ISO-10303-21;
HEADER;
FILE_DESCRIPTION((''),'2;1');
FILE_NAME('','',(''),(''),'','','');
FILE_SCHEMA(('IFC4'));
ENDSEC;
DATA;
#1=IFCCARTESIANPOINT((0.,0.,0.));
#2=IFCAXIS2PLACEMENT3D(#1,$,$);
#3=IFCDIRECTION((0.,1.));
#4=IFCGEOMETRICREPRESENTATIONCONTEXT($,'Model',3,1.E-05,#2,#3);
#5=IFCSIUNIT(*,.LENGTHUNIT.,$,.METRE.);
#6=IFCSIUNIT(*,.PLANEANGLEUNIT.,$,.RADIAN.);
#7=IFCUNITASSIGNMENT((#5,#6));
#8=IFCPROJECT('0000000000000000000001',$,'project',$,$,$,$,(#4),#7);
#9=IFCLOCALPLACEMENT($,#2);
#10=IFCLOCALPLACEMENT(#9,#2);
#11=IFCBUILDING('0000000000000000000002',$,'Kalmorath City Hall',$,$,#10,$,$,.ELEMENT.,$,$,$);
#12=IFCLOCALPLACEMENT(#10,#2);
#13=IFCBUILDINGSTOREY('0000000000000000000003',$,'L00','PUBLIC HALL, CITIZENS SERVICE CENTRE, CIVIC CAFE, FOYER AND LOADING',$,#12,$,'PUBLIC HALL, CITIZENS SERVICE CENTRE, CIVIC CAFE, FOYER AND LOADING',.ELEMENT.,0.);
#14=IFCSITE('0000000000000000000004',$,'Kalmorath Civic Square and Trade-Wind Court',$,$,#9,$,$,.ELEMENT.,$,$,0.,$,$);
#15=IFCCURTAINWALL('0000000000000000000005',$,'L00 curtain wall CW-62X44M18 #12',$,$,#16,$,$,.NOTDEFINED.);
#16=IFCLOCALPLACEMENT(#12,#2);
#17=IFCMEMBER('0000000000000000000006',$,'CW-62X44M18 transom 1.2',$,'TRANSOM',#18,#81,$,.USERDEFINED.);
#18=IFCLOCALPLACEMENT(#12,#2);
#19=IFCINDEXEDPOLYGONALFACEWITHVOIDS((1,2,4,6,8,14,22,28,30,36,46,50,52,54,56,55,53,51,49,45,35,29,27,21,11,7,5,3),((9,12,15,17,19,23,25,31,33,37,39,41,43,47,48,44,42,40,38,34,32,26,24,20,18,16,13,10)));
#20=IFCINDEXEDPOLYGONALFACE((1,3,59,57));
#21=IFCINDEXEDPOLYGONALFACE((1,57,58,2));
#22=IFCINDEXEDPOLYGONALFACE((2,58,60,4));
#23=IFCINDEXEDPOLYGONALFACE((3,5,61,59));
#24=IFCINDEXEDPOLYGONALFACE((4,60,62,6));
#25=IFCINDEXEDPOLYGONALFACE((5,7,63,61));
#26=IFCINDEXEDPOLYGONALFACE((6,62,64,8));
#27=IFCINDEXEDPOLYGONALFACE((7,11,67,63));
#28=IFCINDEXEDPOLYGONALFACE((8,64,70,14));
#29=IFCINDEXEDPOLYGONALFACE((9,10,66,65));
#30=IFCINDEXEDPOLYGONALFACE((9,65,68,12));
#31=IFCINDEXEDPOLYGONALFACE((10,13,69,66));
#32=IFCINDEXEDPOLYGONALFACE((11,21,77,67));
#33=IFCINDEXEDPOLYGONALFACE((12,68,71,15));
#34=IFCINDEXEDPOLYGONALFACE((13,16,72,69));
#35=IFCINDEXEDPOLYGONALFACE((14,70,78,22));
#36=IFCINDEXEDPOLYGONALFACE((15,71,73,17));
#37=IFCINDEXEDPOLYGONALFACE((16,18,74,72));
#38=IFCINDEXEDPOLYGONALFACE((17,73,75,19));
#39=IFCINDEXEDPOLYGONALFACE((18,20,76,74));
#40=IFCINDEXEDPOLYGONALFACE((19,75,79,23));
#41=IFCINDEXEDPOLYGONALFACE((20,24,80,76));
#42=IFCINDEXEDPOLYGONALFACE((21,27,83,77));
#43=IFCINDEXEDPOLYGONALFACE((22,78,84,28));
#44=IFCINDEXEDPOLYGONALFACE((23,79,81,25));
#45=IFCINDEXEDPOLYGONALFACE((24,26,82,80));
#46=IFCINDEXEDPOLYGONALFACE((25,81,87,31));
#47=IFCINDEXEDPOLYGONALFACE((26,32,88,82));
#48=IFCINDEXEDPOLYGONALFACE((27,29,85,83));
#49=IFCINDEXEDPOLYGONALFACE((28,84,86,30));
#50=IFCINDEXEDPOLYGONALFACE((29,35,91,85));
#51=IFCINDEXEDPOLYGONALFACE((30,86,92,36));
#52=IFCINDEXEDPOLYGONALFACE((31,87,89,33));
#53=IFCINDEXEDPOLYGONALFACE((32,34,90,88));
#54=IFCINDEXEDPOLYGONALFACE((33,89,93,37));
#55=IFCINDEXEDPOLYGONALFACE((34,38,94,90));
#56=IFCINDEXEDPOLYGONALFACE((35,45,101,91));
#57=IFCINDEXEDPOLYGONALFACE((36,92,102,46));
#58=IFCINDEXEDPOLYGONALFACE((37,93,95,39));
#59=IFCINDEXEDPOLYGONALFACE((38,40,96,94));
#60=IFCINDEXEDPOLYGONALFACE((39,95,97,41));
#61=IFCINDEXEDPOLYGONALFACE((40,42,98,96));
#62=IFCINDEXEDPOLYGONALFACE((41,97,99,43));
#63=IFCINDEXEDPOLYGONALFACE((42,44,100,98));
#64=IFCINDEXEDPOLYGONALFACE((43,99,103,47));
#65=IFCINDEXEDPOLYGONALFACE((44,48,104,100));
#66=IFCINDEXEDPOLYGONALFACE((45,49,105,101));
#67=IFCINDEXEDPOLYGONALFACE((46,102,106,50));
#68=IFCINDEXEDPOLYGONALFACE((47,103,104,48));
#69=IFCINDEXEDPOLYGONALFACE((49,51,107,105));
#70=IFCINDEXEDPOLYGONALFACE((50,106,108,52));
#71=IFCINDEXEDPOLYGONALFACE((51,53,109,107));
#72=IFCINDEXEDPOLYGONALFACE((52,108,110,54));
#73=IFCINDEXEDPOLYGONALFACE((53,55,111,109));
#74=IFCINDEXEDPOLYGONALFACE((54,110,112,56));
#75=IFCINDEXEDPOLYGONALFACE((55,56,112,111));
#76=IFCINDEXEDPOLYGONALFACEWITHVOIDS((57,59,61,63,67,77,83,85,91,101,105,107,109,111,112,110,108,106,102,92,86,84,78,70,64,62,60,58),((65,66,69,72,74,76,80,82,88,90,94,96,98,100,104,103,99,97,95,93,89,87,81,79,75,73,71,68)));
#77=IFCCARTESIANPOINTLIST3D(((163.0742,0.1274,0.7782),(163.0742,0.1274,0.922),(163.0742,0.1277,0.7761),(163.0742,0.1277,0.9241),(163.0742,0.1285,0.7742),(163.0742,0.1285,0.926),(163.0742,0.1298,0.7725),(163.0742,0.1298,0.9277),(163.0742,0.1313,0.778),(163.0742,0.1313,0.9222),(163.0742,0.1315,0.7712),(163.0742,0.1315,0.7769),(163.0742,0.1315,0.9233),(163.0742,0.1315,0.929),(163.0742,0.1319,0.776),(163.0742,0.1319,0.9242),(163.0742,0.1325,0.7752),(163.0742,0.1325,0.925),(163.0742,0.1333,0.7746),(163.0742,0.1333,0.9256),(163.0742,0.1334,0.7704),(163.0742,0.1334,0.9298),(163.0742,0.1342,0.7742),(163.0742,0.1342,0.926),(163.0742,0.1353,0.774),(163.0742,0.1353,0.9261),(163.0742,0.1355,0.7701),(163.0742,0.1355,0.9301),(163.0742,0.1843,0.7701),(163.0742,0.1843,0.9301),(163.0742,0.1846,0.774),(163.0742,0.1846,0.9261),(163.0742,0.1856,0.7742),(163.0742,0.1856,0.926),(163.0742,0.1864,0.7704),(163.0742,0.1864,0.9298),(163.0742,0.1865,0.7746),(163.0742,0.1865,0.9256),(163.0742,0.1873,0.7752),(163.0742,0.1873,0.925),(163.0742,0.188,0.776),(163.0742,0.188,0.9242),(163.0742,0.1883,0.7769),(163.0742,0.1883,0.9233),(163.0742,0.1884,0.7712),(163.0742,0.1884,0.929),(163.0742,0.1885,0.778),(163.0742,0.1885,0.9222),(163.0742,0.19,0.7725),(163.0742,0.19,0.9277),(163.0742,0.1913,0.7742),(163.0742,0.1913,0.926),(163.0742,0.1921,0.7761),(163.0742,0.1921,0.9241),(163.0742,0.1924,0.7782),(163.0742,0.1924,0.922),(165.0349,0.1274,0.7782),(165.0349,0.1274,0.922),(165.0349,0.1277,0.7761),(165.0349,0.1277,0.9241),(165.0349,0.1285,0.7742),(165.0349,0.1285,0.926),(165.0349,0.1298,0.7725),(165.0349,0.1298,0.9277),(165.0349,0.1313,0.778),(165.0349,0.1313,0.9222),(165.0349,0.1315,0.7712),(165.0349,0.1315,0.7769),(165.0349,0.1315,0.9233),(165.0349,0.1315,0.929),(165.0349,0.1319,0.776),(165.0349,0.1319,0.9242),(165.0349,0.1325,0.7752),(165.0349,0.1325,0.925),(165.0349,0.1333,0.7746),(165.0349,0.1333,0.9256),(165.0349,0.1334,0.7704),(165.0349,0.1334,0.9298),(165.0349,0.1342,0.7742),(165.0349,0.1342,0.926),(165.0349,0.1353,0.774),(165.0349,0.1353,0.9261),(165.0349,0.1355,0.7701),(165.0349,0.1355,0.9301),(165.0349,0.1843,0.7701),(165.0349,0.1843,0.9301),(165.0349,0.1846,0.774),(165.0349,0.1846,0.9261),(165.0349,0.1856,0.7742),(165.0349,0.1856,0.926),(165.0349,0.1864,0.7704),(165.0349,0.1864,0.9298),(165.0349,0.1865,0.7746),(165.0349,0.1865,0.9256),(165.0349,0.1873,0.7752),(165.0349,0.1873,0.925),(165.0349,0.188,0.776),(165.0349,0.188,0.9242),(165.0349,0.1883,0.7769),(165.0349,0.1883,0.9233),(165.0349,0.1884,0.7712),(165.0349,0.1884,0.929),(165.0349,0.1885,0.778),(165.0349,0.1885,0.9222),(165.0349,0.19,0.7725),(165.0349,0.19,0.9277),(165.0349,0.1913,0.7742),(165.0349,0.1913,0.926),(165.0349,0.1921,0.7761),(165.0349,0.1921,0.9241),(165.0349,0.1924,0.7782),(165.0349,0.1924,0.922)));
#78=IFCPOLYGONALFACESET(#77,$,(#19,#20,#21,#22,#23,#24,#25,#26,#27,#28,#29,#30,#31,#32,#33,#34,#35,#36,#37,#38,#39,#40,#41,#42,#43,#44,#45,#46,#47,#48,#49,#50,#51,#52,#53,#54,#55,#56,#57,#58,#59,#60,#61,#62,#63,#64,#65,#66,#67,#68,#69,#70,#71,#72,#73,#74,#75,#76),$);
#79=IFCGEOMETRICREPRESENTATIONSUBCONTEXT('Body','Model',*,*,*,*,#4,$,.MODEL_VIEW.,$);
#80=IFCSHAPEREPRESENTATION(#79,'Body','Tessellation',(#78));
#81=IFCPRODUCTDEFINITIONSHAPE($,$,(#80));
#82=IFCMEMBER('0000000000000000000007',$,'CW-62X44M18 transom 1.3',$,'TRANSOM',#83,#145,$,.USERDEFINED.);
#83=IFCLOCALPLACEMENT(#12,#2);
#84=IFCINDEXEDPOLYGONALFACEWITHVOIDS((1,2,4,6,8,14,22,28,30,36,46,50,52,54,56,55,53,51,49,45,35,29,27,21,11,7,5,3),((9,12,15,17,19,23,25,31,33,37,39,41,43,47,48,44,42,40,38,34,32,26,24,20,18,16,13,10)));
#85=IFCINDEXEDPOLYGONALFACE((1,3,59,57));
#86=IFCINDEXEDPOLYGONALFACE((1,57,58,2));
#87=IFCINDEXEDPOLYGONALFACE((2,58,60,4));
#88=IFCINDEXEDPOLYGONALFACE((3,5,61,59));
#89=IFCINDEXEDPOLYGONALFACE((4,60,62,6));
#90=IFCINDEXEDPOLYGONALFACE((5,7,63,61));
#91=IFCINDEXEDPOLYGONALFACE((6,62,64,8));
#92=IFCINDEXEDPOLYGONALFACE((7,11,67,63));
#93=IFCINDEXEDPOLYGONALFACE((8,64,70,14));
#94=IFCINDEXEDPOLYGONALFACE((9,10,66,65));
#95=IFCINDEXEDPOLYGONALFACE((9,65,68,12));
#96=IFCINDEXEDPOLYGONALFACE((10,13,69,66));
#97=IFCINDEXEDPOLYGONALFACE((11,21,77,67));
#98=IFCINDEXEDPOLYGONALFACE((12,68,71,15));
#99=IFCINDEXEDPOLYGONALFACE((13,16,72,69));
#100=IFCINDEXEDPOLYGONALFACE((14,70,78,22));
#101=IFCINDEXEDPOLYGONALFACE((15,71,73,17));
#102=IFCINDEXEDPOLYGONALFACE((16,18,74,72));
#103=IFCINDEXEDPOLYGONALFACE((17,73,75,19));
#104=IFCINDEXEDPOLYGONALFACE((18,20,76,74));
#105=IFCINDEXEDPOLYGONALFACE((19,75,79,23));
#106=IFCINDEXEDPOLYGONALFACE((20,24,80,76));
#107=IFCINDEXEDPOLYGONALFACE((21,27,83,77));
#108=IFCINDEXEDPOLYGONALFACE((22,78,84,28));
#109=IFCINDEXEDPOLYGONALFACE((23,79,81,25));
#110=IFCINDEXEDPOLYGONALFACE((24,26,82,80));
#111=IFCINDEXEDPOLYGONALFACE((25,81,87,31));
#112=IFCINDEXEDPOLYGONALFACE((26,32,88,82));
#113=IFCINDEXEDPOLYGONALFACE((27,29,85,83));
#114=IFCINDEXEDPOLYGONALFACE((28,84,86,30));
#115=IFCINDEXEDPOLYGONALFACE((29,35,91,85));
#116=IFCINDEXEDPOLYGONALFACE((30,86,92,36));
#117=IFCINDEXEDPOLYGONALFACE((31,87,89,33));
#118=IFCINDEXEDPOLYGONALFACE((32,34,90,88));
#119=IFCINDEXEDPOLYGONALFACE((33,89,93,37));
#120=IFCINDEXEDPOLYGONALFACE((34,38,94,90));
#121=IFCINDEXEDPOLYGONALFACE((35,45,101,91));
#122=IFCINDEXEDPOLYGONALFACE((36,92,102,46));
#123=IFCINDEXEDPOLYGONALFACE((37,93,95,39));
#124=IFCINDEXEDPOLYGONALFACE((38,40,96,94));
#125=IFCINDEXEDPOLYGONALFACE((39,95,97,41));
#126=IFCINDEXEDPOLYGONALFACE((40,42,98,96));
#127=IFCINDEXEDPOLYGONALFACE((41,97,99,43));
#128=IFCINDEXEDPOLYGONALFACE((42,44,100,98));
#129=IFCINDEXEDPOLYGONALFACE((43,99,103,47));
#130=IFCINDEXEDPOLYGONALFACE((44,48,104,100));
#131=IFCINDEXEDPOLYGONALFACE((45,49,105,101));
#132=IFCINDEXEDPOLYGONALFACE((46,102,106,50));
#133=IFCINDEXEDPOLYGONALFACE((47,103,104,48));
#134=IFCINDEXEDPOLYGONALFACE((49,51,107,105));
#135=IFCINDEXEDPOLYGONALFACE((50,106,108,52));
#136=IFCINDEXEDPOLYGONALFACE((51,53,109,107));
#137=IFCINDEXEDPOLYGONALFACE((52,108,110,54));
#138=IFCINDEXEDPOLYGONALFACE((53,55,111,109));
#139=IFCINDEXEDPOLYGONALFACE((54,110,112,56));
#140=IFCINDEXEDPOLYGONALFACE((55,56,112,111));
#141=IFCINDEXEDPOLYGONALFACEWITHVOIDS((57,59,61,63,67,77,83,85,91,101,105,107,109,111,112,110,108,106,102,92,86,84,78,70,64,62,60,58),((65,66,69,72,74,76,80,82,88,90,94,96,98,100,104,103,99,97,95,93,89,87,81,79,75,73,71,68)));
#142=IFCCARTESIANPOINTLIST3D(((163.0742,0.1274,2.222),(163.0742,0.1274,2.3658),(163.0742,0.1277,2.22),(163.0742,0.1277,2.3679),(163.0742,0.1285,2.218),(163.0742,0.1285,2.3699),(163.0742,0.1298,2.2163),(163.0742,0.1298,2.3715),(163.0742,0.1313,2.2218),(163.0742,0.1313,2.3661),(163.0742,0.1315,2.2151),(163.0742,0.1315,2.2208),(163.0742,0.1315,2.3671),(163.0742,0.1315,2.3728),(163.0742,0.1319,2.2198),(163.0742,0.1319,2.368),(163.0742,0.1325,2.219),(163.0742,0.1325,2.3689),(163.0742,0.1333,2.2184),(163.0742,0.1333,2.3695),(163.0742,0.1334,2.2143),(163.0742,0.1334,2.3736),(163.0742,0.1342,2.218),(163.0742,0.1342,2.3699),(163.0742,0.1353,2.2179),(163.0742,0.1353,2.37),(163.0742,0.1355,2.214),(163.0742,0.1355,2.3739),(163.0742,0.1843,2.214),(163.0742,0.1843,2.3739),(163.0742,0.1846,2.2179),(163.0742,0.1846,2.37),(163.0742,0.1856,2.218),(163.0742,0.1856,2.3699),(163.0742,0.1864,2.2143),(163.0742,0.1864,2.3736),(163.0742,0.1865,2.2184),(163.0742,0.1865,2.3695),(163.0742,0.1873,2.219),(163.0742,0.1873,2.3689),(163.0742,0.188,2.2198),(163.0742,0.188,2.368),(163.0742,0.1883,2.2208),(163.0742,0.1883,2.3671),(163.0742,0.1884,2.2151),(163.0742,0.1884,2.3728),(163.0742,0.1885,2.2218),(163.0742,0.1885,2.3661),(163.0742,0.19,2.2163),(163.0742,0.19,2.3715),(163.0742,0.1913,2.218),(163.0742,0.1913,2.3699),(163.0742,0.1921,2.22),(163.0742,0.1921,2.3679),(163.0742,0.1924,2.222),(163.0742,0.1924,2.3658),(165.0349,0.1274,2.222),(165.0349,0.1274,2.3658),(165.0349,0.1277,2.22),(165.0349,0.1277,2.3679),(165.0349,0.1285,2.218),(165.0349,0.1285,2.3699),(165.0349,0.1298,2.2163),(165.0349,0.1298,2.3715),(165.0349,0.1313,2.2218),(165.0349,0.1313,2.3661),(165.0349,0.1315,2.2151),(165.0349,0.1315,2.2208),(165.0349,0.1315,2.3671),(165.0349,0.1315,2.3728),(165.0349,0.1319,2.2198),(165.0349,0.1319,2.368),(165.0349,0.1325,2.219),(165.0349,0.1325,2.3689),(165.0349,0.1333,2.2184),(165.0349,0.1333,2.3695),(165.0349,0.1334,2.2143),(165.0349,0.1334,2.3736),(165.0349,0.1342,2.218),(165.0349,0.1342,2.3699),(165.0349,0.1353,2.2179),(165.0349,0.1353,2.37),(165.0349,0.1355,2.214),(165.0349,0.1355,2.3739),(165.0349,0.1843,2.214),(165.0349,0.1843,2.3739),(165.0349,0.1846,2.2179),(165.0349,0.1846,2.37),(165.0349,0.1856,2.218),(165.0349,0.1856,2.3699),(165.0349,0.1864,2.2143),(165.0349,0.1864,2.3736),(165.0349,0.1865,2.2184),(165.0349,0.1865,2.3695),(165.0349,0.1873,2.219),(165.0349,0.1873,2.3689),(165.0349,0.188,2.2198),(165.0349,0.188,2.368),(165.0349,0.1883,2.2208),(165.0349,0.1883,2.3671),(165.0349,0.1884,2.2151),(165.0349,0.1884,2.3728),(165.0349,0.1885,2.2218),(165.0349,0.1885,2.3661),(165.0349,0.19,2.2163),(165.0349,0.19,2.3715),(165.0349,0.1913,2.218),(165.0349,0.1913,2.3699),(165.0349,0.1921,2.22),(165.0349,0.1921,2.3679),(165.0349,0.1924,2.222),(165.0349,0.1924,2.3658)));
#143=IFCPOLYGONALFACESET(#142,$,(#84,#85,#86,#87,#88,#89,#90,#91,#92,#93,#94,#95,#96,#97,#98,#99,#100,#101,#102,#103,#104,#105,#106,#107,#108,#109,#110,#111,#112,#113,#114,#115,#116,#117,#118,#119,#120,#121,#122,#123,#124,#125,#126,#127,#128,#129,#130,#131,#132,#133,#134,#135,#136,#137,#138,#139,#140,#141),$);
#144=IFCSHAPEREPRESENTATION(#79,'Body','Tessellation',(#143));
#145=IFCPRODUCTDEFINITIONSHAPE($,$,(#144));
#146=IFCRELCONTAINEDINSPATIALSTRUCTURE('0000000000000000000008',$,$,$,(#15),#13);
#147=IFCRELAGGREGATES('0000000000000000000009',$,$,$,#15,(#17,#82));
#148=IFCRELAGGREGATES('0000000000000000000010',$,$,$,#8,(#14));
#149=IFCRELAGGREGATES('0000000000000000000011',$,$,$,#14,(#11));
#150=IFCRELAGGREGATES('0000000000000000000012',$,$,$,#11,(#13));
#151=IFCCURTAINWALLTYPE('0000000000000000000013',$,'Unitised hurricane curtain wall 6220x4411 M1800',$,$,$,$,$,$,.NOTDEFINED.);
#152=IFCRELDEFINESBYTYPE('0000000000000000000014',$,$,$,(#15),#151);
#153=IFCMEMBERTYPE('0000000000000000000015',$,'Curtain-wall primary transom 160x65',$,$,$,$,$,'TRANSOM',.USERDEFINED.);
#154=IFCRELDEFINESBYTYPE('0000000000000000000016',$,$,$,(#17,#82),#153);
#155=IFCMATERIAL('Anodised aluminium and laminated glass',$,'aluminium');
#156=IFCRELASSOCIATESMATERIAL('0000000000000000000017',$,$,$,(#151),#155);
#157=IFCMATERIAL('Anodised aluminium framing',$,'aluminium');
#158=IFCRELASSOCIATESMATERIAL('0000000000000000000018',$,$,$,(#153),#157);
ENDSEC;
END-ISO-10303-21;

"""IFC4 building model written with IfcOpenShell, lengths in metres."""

from ifc_helpers import new_model, si_unit, direction, frame, origin, origin_2d, place, context, subcontext, project, spatial, hollow_rectangle, extrude, material, material_profile, profile_set, type_object, element, aggregate, save


model = new_model("IFC4")

# Units and contexts
model_context = context("Model", 3, precision=1e-05, world=origin(), true_north=direction((0.0, 1.0)))
body_context = subcontext(model_context, "Body", "Model", "MODEL_VIEW")
ifc_project = project(units=[si_unit("LENGTHUNIT", "METRE"), si_unit("PLANEANGLEUNIT", "RADIAN")], contexts=[model_context])

# Site, building, storey
site_placement = place(None, origin())
site = spatial("IfcSite", under=ifc_project, at=site_placement, Name="Kalmorath Civic Square and Trade-Wind Court", CompositionType="ELEMENT", RefElevation=0.0)
building_placement = place(site_placement, origin())
building = spatial("IfcBuilding", under=site, at=building_placement, Name="Kalmorath City Hall", CompositionType="ELEMENT")
storey_placement = place(building_placement, origin())
storey = spatial("IfcBuildingStorey", under=building, at=storey_placement, Name="L00", Description="PUBLIC HALL, CITIZENS SERVICE CENTRE, CIVIC CAFE, FOYER AND LOADING", LongName="PUBLIC HALL, CITIZENS SERVICE CENTRE, CIVIC CAFE, FOYER AND LOADING", CompositionType="ELEMENT", Elevation=0.0)

# Curtain wall, members
ifc_material_1 = material(Name="Anodised aluminium and laminated glass", Category="aluminium")
curtain_wall_type = type_object("IfcCurtainWallType", Name="Unitised hurricane curtain wall 6220x4411 M1800", PredefinedType="NOTDEFINED", material=ifc_material_1)
curtain_wall_placement = place(storey_placement, origin())
curtain_wall = element("IfcCurtainWall", 1, at=curtain_wall_placement, inside=storey, type_object=curtain_wall_type, Name="L00 curtain wall CW-62X44M18 #12", PredefinedType="NOTDEFINED")
ifc_material_2 = material(Name="Anodised aluminium framing", Category="aluminium")
ifc_material_profile_1 = material_profile(ifc_material_2, hollow_rectangle(XDim=0.0649, YDim=0.1599, WallThickness=0.0039, InnerFilletRadius=0.0039, OuterFilletRadius=0.0081, at=origin_2d()), Name="ALU-TRN-160X65X4")
ifc_profile_set_1 = profile_set([ifc_material_profile_1], Name="Anodised aluminium framing")
member_type_1 = type_object("IfcMemberType", Name="Curtain-wall primary transom 160x65", ElementType="TRANSOM", PredefinedType="USERDEFINED", material=ifc_profile_set_1)
member_1_placement = place(storey_placement, frame((165.0349, 0.1599, 0.8501), z_axis=(-1.0, 0.0, 0.0), x_axis=(0.0, -1.0, 0.0)))
member_1 = element("IfcMember", 2, at=member_1_placement, type_object=member_type_1, Name="CW-62X44M18 transom 1.2", ObjectType="TRANSOM", PredefinedType="USERDEFINED", context=body_context, shape_type="SweptSolid", body=[
    extrude(hollow_rectangle(XDim=0.0649, YDim=0.1599, WallThickness=0.0039, InnerFilletRadius=0.0039, OuterFilletRadius=0.0081, at=origin_2d()), origin(), (0.0, 0.0, 1.0), 1.9607),
])
member_2_placement = place(storey_placement, frame((165.0349, 0.1599, 2.2939), z_axis=(-1.0, 0.0, 0.0), x_axis=(0.0, -1.0, 0.0)))
member_2 = element("IfcMember", 3, at=member_2_placement, type_object=member_type_1, Name="CW-62X44M18 transom 1.3", ObjectType="TRANSOM", PredefinedType="USERDEFINED", context=body_context, shape_type="SweptSolid", body=[
    extrude(hollow_rectangle(XDim=0.0649, YDim=0.1599, WallThickness=0.0039, InnerFilletRadius=0.0039, OuterFilletRadius=0.0081, at=origin_2d()), origin(), (0.0, 0.0, 1.0), 1.9607),
])
aggregate(curtain_wall, [member_1, member_2])

save(model, "model.ifc")
